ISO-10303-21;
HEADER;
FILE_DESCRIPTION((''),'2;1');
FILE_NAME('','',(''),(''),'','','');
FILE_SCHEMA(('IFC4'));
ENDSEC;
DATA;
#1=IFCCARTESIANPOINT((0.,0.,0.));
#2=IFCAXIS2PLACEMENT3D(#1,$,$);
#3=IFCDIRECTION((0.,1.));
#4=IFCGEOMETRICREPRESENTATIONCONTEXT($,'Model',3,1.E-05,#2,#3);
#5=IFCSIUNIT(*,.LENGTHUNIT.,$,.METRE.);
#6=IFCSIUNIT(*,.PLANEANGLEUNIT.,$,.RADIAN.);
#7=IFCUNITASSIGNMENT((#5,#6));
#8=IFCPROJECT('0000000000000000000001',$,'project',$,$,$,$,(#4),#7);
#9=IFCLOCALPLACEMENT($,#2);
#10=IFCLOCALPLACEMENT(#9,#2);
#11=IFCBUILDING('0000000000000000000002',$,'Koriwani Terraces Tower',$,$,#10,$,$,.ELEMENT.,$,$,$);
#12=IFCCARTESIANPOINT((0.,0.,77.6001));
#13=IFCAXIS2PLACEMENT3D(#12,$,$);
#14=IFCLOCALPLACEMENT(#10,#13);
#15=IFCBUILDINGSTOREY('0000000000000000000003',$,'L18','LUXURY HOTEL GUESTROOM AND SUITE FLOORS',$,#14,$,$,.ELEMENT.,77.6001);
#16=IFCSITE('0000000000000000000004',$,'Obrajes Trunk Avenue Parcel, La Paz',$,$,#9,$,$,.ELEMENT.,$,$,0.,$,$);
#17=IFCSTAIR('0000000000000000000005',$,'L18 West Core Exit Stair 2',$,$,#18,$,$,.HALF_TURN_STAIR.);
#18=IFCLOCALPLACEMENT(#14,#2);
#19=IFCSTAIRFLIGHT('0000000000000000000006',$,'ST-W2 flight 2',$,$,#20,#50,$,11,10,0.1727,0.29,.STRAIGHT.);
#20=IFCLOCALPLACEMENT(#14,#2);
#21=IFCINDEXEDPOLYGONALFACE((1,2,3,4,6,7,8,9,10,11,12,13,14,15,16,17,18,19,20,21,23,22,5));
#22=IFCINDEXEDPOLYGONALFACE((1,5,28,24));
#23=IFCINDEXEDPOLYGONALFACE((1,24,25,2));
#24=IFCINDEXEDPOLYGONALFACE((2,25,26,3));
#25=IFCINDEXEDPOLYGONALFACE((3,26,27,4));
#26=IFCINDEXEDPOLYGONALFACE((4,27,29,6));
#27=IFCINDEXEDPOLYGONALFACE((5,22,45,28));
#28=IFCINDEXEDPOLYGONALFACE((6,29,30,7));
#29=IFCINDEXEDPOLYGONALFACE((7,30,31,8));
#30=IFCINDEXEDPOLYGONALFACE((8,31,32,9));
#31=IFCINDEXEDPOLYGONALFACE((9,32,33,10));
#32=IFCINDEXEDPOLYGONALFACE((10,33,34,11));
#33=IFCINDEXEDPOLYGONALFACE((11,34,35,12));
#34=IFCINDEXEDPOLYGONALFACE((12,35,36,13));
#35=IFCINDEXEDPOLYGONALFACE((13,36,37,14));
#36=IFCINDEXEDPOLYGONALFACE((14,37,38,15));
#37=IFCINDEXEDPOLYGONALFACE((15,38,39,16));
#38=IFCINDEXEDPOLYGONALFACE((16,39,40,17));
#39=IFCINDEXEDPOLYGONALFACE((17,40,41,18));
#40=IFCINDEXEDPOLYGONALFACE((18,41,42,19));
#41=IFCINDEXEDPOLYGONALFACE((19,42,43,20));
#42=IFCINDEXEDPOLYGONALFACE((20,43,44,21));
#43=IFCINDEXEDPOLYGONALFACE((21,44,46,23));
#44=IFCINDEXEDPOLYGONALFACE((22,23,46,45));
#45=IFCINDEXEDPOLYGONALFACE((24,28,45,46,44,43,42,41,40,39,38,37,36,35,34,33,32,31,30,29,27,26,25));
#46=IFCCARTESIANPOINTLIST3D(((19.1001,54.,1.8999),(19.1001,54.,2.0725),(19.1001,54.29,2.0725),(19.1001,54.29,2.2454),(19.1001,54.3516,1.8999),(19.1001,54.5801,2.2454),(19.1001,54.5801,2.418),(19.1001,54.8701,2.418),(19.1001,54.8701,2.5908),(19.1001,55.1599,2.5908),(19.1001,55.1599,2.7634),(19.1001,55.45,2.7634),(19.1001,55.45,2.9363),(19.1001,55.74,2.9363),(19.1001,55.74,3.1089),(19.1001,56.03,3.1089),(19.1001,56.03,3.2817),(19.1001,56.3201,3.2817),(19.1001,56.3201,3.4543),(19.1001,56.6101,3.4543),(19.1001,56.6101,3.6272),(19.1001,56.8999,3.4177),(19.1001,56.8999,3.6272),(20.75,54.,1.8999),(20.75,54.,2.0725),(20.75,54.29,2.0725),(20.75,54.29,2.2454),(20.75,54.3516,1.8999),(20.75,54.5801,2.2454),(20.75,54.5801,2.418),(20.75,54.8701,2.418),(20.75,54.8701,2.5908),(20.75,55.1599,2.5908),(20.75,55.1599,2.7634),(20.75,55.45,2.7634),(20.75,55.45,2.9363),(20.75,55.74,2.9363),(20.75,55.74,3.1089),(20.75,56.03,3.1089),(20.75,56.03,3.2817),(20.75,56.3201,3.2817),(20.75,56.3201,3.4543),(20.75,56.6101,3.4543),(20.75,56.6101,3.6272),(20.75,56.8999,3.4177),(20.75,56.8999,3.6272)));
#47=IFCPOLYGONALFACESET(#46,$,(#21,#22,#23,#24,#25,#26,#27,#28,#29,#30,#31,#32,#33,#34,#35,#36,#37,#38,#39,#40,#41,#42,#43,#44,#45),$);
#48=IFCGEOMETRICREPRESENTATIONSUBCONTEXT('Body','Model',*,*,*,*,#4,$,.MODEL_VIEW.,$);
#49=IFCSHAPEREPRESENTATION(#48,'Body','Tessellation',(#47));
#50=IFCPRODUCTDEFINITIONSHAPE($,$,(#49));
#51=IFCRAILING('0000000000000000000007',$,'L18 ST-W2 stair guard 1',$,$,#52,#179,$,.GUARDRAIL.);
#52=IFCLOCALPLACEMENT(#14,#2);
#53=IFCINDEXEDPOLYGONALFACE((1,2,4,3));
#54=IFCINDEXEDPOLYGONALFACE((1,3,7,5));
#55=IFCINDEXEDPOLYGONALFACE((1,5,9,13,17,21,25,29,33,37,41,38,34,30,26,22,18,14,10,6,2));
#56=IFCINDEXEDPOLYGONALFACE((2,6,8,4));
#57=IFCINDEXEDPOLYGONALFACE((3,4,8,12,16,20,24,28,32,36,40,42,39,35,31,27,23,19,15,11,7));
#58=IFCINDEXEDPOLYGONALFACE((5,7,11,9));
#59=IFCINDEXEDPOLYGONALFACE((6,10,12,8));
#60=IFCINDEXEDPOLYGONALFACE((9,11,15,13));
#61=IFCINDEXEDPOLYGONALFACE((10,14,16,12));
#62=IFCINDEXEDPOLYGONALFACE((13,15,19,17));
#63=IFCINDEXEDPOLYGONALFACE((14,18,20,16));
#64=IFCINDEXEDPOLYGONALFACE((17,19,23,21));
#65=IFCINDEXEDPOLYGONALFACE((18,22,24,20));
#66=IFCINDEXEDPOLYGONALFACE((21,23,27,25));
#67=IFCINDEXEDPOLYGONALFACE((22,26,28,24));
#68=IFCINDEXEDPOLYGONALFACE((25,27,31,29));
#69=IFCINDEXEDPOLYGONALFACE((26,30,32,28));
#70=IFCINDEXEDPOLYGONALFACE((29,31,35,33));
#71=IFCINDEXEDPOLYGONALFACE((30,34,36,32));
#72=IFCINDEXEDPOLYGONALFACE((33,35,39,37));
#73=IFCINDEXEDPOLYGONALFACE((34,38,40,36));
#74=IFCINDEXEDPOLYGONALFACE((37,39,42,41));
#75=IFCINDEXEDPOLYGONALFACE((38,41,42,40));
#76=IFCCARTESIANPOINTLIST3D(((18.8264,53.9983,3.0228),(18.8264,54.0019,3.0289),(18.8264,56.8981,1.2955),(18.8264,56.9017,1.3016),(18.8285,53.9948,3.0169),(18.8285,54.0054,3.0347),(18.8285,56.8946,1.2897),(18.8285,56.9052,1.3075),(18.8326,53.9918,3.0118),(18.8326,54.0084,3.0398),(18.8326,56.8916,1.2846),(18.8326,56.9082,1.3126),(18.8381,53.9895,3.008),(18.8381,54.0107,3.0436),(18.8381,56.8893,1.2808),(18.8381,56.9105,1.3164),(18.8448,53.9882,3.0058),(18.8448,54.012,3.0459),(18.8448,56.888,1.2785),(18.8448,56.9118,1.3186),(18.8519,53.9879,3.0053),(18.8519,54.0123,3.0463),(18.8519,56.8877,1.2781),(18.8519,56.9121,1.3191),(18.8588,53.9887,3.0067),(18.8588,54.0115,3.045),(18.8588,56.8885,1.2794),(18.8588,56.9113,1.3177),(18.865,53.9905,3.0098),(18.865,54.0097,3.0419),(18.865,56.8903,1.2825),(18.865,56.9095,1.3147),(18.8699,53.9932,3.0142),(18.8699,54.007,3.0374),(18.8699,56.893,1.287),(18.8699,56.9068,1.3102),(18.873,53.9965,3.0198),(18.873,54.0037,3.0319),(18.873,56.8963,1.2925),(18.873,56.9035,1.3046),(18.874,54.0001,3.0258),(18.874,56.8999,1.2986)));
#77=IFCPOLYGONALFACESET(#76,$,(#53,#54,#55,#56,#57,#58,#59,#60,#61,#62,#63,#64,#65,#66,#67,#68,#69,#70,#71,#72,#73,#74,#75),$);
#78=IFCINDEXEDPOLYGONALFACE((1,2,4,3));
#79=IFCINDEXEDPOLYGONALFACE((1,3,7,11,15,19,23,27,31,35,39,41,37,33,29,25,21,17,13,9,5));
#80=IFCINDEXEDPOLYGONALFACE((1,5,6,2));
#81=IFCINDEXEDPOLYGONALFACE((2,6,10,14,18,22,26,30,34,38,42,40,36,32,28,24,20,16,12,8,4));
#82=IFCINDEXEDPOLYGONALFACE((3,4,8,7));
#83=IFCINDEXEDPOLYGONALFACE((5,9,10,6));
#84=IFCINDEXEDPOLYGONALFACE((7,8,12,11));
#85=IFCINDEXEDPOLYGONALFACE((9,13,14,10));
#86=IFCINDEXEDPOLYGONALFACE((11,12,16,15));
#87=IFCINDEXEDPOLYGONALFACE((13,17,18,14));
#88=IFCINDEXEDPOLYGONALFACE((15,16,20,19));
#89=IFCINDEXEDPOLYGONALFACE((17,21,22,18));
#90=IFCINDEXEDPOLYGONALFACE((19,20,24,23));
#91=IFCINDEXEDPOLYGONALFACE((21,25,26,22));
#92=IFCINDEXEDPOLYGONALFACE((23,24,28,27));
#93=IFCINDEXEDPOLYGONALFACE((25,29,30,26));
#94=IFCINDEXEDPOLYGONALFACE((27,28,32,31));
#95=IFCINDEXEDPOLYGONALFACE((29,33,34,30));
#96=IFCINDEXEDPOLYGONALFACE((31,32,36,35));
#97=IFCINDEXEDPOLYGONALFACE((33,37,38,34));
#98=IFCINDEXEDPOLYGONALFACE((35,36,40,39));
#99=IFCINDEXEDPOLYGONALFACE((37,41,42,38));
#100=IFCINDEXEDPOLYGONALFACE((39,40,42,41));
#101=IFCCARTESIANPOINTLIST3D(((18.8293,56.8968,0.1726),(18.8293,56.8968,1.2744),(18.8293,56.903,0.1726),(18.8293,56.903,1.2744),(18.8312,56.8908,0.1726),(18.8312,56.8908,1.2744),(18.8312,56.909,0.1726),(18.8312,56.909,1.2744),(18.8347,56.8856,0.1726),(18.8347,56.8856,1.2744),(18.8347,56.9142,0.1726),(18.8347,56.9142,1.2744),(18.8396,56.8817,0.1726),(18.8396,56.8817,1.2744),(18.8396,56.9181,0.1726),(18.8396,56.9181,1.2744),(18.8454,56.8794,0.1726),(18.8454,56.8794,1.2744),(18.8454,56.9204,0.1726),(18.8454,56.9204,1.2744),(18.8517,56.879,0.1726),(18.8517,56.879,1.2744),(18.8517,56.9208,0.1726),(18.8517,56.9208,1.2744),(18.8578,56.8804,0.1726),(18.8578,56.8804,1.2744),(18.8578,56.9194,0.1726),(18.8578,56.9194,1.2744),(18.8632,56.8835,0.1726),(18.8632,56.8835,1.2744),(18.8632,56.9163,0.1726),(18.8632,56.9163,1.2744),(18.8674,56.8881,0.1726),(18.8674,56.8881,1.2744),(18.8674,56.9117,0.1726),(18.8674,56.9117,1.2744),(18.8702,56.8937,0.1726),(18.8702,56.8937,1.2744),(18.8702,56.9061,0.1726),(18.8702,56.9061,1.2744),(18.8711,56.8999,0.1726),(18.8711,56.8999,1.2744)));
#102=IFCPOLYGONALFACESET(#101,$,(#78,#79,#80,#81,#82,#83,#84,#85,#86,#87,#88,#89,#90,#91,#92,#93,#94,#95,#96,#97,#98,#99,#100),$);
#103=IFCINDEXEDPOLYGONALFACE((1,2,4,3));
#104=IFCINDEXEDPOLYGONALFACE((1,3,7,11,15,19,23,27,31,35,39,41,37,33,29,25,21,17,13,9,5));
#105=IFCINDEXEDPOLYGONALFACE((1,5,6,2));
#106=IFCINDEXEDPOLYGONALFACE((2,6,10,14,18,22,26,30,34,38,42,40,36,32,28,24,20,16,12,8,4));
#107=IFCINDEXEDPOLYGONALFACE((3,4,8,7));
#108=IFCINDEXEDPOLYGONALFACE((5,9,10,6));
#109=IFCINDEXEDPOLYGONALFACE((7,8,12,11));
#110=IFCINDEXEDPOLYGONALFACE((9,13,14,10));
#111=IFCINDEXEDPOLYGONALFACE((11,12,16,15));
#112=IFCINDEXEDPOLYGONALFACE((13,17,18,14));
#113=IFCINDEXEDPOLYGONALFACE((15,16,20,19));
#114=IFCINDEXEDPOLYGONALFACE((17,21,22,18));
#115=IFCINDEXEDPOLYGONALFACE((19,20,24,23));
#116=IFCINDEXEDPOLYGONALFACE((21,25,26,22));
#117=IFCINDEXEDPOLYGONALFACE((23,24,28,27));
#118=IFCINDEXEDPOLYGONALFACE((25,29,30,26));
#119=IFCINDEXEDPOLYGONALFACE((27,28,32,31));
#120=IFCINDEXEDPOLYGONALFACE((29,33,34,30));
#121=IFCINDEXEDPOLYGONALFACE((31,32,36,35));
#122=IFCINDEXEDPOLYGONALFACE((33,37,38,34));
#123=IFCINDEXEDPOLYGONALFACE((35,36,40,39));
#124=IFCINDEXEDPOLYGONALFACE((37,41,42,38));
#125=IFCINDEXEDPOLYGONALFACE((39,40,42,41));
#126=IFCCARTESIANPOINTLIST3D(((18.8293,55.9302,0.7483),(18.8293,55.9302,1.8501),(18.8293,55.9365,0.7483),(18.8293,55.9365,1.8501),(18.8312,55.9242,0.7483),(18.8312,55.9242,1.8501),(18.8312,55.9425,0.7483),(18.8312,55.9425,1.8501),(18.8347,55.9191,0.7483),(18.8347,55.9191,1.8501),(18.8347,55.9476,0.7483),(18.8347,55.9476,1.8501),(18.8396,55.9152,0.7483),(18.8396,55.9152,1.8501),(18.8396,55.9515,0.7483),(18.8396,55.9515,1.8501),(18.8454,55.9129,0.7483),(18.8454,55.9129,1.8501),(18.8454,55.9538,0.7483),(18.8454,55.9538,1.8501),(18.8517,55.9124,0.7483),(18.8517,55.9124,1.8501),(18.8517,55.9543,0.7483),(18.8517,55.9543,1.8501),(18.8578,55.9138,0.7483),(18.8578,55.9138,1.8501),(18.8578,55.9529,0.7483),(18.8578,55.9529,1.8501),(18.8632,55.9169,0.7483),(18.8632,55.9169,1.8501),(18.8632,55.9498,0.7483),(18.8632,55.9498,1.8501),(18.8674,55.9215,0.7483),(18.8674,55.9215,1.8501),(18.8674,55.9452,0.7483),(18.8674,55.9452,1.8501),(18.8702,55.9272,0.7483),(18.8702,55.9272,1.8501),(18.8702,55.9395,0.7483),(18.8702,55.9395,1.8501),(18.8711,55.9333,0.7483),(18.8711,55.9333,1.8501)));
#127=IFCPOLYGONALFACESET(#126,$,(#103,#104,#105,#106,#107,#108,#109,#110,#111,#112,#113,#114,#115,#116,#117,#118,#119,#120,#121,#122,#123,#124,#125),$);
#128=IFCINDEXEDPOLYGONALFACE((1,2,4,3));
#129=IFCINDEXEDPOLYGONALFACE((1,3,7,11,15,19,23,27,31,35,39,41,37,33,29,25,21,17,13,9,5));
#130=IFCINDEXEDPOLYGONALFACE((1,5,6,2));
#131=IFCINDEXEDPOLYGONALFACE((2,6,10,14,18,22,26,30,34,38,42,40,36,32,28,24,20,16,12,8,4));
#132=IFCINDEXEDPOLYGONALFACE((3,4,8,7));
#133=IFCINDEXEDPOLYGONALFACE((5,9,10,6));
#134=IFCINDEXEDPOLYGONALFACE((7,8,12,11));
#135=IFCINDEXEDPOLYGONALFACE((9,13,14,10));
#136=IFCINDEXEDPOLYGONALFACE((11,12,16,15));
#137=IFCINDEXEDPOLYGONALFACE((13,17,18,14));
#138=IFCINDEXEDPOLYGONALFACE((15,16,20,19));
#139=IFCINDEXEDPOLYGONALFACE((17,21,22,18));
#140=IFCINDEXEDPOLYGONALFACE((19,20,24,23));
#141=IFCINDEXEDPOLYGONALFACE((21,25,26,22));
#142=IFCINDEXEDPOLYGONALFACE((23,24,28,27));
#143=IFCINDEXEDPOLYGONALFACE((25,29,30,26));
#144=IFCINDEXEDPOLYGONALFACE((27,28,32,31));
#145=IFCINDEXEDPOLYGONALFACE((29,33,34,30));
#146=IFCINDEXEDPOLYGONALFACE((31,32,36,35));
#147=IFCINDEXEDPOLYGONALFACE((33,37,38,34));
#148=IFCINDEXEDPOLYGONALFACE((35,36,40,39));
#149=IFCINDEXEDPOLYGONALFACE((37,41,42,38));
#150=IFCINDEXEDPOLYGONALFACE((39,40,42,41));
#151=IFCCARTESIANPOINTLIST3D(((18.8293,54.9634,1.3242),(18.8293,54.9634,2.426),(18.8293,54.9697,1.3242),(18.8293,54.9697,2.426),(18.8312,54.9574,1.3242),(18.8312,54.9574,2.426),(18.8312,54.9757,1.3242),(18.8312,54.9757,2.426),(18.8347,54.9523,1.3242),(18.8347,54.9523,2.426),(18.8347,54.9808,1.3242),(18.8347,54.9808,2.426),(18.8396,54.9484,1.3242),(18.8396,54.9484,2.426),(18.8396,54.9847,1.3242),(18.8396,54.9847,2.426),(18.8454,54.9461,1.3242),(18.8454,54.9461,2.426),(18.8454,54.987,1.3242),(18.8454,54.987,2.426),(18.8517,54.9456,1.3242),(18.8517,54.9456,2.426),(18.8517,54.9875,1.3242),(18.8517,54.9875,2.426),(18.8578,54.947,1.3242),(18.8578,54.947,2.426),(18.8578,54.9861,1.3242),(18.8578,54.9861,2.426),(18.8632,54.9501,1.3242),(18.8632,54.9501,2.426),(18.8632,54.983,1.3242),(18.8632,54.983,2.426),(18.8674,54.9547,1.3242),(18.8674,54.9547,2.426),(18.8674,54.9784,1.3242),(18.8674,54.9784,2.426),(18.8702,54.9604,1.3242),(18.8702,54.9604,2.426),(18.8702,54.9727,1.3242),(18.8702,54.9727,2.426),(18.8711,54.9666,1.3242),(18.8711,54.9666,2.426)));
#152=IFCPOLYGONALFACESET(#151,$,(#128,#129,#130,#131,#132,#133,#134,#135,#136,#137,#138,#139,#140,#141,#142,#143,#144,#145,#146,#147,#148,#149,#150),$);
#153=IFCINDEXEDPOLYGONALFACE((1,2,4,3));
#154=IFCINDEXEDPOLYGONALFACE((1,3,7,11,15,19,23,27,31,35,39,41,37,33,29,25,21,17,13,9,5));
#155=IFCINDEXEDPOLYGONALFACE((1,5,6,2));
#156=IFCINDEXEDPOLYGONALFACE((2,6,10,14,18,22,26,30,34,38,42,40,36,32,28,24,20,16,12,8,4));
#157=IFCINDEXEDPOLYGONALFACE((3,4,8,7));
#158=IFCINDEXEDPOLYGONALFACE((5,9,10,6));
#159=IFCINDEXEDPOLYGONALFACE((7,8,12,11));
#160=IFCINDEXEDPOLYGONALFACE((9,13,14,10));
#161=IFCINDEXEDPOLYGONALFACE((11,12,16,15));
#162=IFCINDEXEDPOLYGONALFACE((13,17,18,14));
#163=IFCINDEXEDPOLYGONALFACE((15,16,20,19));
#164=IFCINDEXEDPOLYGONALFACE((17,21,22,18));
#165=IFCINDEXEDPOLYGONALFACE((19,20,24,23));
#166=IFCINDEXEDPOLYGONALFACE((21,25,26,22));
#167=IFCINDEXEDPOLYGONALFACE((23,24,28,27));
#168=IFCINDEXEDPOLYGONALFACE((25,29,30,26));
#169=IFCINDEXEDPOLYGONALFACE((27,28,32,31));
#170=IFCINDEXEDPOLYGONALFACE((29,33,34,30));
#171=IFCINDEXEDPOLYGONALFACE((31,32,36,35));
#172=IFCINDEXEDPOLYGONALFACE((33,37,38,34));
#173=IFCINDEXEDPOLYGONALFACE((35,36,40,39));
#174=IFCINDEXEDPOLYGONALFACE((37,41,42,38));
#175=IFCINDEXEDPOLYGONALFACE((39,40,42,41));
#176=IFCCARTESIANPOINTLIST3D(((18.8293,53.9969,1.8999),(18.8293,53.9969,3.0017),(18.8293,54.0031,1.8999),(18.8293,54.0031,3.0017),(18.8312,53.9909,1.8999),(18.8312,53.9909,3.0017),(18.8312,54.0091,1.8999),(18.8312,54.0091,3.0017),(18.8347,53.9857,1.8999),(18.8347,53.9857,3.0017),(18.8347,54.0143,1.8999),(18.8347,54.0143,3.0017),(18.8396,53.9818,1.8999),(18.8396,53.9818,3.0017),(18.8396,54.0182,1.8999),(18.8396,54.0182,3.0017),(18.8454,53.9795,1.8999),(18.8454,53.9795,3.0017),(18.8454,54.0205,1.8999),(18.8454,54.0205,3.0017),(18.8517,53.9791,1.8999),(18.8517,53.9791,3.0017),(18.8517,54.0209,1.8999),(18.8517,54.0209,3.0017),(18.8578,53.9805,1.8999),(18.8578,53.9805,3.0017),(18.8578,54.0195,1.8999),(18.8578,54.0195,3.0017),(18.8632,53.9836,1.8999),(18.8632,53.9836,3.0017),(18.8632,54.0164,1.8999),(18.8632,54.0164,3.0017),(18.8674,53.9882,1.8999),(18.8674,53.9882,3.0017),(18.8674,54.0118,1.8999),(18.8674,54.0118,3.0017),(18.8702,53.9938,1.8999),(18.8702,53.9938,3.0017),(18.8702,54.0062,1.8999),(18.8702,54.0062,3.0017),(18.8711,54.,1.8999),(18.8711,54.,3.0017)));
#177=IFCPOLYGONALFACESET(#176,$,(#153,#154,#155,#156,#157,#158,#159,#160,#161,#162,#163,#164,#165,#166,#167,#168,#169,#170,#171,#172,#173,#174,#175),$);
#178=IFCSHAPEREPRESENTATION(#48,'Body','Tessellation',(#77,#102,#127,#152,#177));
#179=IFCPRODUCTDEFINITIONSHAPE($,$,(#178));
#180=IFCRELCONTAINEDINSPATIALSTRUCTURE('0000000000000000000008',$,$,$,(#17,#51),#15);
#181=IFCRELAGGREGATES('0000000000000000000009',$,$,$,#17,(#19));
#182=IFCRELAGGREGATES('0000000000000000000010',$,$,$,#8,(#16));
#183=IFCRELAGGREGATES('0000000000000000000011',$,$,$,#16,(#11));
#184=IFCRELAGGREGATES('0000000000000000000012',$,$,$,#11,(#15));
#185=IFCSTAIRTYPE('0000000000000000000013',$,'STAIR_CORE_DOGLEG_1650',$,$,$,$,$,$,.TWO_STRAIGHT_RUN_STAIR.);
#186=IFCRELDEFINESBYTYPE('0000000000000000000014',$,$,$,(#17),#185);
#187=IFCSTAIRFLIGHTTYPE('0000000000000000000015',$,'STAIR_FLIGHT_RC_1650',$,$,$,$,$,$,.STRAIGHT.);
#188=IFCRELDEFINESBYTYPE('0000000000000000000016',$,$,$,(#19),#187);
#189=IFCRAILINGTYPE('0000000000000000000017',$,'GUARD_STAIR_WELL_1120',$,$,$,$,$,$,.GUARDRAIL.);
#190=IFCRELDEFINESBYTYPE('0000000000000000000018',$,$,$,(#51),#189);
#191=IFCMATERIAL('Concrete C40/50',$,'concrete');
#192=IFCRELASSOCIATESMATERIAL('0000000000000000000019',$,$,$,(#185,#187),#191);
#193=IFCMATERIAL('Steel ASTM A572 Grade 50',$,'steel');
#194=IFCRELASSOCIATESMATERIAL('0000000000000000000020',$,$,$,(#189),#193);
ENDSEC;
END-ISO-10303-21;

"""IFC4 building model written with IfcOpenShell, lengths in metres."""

from ifc_helpers import new_model, si_unit, direction, frame, origin, origin_2d, place, context, subcontext, project, spatial, polyline, circle, outline, extrude, material, type_object, element, aggregate, save


model = new_model("IFC4")

# Units and contexts
model_context = context("Model", 3, precision=1e-05, world=origin(), true_north=direction((0.0, 1.0)))
body_context = subcontext(model_context, "Body", "Model", "MODEL_VIEW")
ifc_project = project(units=[si_unit("LENGTHUNIT", "METRE"), si_unit("PLANEANGLEUNIT", "RADIAN")], contexts=[model_context])

# Site, building, storey
site_placement = place(None, origin())
site = spatial("IfcSite", under=ifc_project, at=site_placement, Name="Obrajes Trunk Avenue Parcel, La Paz", CompositionType="ELEMENT", RefElevation=0.0)
building_placement = place(site_placement, origin())
building = spatial("IfcBuilding", under=site, at=building_placement, Name="Koriwani Terraces Tower", CompositionType="ELEMENT")
storey_placement = place(building_placement, frame((0.0, 0.0, 77.6001)))
storey = spatial("IfcBuildingStorey", under=building, at=storey_placement, Name="L18", Description="LUXURY HOTEL GUESTROOM AND SUITE FLOORS", CompositionType="ELEMENT", Elevation=77.6001)

# Shared definitions
ifc_material_1 = material(Name="Steel ASTM A572 Grade 50", Category="steel")

# Shared definitions
ifc_material_2 = material(Name="Concrete C40/50", Category="concrete")

# Stair, stair flight
stair_type = type_object("IfcStairType", Name="STAIR_CORE_DOGLEG_1650", PredefinedType="TWO_STRAIGHT_RUN_STAIR", material=ifc_material_2)
stair_placement = place(storey_placement, origin())
stair = element("IfcStair", 1, at=stair_placement, inside=storey, type_object=stair_type, Name="L18 West Core Exit Stair 2", PredefinedType="HALF_TURN_STAIR")
stair_flight_type = type_object("IfcStairFlightType", Name="STAIR_FLIGHT_RC_1650", PredefinedType="STRAIGHT", material=ifc_material_2)
stair_flight_1_placement = place(storey_placement, frame((19.925, 54.0, 1.8999), z_axis=(0.0, 0.0, 1.0), x_axis=(0.0, 1.0, 0.0)))
stair_flight_1 = element("IfcStairFlight", 2, at=stair_flight_1_placement, type_object=stair_flight_type, Name="ST-W2 flight 2", NumberOfRisers=11, NumberOfTreads=10, PredefinedType="STRAIGHT", RiserHeight=0.1727, TreadLength=0.29, context=body_context, shape_type="SweptSolid", body=[
    extrude(outline(polyline([(0.0, 0.0), (0.0, 0.1726), (0.29, 0.1726), (0.29, 0.3455), (0.5801, 0.3455), (0.5801, 0.5181), (0.8701, 0.5181), (0.8701, 0.6909), (1.1599, 0.6909), (1.1599, 0.8635), (1.45, 0.8635), (1.45, 1.0364), (1.74, 1.0364), (1.74, 1.209), (2.03, 1.209), (2.03, 1.3818), (2.3201, 1.3818), (2.3201, 1.5544), (2.6101, 1.5544), (2.6101, 1.7273), (2.8999, 1.7273), (2.8999, 1.8999), (2.8999, 1.5178), (0.3516, 0.0), (0.0, 0.0)])), frame((0.0, 0.825, 0.0), z_axis=(0.0, -1.0, 0.0), x_axis=(1.0, 0.0, 0.0)), (0.0, 0.0, 1.0), 1.6499),
])
aggregate(stair, [stair_flight_1])

# Railing
railing_type_1 = type_object("IfcRailingType", Name="GUARD_STAIR_WELL_1120", PredefinedType="GUARDRAIL", material=ifc_material_1)
railing_1_placement = place(storey_placement, frame((18.8501, 56.8999, 0.1726)))
element("IfcRailing", 3, at=railing_1_placement, inside=storey, type_object=railing_type_1, Name="L18 ST-W2 stair guard 1", PredefinedType="GUARDRAIL", context=body_context, shape_type="SweptSolid", body=[
    extrude(circle(Radius=0.0239, at=origin_2d()), frame((0.0, 0.0, 1.126), z_axis=(0.0, -0.859141, 0.511738), x_axis=(1.0, 0.0, 0.0)), (0.0, 0.0, 1.0), 3.3752),
    extrude(circle(Radius=0.021, at=origin_2d()), origin(), (0.0, 0.0, 1.0), 1.1018),
    extrude(circle(Radius=0.021, at=origin_2d()), frame((0.0, -0.9666, 0.5757)), (0.0, 0.0, 1.0), 1.1018),
    extrude(circle(Radius=0.021, at=origin_2d()), frame((0.0, -1.9333, 1.1516)), (0.0, 0.0, 1.0), 1.1018),
    extrude(circle(Radius=0.021, at=origin_2d()), frame((0.0, -2.8999, 1.7273)), (0.0, 0.0, 1.0), 1.1018),
])

save(model, "model.ifc")
